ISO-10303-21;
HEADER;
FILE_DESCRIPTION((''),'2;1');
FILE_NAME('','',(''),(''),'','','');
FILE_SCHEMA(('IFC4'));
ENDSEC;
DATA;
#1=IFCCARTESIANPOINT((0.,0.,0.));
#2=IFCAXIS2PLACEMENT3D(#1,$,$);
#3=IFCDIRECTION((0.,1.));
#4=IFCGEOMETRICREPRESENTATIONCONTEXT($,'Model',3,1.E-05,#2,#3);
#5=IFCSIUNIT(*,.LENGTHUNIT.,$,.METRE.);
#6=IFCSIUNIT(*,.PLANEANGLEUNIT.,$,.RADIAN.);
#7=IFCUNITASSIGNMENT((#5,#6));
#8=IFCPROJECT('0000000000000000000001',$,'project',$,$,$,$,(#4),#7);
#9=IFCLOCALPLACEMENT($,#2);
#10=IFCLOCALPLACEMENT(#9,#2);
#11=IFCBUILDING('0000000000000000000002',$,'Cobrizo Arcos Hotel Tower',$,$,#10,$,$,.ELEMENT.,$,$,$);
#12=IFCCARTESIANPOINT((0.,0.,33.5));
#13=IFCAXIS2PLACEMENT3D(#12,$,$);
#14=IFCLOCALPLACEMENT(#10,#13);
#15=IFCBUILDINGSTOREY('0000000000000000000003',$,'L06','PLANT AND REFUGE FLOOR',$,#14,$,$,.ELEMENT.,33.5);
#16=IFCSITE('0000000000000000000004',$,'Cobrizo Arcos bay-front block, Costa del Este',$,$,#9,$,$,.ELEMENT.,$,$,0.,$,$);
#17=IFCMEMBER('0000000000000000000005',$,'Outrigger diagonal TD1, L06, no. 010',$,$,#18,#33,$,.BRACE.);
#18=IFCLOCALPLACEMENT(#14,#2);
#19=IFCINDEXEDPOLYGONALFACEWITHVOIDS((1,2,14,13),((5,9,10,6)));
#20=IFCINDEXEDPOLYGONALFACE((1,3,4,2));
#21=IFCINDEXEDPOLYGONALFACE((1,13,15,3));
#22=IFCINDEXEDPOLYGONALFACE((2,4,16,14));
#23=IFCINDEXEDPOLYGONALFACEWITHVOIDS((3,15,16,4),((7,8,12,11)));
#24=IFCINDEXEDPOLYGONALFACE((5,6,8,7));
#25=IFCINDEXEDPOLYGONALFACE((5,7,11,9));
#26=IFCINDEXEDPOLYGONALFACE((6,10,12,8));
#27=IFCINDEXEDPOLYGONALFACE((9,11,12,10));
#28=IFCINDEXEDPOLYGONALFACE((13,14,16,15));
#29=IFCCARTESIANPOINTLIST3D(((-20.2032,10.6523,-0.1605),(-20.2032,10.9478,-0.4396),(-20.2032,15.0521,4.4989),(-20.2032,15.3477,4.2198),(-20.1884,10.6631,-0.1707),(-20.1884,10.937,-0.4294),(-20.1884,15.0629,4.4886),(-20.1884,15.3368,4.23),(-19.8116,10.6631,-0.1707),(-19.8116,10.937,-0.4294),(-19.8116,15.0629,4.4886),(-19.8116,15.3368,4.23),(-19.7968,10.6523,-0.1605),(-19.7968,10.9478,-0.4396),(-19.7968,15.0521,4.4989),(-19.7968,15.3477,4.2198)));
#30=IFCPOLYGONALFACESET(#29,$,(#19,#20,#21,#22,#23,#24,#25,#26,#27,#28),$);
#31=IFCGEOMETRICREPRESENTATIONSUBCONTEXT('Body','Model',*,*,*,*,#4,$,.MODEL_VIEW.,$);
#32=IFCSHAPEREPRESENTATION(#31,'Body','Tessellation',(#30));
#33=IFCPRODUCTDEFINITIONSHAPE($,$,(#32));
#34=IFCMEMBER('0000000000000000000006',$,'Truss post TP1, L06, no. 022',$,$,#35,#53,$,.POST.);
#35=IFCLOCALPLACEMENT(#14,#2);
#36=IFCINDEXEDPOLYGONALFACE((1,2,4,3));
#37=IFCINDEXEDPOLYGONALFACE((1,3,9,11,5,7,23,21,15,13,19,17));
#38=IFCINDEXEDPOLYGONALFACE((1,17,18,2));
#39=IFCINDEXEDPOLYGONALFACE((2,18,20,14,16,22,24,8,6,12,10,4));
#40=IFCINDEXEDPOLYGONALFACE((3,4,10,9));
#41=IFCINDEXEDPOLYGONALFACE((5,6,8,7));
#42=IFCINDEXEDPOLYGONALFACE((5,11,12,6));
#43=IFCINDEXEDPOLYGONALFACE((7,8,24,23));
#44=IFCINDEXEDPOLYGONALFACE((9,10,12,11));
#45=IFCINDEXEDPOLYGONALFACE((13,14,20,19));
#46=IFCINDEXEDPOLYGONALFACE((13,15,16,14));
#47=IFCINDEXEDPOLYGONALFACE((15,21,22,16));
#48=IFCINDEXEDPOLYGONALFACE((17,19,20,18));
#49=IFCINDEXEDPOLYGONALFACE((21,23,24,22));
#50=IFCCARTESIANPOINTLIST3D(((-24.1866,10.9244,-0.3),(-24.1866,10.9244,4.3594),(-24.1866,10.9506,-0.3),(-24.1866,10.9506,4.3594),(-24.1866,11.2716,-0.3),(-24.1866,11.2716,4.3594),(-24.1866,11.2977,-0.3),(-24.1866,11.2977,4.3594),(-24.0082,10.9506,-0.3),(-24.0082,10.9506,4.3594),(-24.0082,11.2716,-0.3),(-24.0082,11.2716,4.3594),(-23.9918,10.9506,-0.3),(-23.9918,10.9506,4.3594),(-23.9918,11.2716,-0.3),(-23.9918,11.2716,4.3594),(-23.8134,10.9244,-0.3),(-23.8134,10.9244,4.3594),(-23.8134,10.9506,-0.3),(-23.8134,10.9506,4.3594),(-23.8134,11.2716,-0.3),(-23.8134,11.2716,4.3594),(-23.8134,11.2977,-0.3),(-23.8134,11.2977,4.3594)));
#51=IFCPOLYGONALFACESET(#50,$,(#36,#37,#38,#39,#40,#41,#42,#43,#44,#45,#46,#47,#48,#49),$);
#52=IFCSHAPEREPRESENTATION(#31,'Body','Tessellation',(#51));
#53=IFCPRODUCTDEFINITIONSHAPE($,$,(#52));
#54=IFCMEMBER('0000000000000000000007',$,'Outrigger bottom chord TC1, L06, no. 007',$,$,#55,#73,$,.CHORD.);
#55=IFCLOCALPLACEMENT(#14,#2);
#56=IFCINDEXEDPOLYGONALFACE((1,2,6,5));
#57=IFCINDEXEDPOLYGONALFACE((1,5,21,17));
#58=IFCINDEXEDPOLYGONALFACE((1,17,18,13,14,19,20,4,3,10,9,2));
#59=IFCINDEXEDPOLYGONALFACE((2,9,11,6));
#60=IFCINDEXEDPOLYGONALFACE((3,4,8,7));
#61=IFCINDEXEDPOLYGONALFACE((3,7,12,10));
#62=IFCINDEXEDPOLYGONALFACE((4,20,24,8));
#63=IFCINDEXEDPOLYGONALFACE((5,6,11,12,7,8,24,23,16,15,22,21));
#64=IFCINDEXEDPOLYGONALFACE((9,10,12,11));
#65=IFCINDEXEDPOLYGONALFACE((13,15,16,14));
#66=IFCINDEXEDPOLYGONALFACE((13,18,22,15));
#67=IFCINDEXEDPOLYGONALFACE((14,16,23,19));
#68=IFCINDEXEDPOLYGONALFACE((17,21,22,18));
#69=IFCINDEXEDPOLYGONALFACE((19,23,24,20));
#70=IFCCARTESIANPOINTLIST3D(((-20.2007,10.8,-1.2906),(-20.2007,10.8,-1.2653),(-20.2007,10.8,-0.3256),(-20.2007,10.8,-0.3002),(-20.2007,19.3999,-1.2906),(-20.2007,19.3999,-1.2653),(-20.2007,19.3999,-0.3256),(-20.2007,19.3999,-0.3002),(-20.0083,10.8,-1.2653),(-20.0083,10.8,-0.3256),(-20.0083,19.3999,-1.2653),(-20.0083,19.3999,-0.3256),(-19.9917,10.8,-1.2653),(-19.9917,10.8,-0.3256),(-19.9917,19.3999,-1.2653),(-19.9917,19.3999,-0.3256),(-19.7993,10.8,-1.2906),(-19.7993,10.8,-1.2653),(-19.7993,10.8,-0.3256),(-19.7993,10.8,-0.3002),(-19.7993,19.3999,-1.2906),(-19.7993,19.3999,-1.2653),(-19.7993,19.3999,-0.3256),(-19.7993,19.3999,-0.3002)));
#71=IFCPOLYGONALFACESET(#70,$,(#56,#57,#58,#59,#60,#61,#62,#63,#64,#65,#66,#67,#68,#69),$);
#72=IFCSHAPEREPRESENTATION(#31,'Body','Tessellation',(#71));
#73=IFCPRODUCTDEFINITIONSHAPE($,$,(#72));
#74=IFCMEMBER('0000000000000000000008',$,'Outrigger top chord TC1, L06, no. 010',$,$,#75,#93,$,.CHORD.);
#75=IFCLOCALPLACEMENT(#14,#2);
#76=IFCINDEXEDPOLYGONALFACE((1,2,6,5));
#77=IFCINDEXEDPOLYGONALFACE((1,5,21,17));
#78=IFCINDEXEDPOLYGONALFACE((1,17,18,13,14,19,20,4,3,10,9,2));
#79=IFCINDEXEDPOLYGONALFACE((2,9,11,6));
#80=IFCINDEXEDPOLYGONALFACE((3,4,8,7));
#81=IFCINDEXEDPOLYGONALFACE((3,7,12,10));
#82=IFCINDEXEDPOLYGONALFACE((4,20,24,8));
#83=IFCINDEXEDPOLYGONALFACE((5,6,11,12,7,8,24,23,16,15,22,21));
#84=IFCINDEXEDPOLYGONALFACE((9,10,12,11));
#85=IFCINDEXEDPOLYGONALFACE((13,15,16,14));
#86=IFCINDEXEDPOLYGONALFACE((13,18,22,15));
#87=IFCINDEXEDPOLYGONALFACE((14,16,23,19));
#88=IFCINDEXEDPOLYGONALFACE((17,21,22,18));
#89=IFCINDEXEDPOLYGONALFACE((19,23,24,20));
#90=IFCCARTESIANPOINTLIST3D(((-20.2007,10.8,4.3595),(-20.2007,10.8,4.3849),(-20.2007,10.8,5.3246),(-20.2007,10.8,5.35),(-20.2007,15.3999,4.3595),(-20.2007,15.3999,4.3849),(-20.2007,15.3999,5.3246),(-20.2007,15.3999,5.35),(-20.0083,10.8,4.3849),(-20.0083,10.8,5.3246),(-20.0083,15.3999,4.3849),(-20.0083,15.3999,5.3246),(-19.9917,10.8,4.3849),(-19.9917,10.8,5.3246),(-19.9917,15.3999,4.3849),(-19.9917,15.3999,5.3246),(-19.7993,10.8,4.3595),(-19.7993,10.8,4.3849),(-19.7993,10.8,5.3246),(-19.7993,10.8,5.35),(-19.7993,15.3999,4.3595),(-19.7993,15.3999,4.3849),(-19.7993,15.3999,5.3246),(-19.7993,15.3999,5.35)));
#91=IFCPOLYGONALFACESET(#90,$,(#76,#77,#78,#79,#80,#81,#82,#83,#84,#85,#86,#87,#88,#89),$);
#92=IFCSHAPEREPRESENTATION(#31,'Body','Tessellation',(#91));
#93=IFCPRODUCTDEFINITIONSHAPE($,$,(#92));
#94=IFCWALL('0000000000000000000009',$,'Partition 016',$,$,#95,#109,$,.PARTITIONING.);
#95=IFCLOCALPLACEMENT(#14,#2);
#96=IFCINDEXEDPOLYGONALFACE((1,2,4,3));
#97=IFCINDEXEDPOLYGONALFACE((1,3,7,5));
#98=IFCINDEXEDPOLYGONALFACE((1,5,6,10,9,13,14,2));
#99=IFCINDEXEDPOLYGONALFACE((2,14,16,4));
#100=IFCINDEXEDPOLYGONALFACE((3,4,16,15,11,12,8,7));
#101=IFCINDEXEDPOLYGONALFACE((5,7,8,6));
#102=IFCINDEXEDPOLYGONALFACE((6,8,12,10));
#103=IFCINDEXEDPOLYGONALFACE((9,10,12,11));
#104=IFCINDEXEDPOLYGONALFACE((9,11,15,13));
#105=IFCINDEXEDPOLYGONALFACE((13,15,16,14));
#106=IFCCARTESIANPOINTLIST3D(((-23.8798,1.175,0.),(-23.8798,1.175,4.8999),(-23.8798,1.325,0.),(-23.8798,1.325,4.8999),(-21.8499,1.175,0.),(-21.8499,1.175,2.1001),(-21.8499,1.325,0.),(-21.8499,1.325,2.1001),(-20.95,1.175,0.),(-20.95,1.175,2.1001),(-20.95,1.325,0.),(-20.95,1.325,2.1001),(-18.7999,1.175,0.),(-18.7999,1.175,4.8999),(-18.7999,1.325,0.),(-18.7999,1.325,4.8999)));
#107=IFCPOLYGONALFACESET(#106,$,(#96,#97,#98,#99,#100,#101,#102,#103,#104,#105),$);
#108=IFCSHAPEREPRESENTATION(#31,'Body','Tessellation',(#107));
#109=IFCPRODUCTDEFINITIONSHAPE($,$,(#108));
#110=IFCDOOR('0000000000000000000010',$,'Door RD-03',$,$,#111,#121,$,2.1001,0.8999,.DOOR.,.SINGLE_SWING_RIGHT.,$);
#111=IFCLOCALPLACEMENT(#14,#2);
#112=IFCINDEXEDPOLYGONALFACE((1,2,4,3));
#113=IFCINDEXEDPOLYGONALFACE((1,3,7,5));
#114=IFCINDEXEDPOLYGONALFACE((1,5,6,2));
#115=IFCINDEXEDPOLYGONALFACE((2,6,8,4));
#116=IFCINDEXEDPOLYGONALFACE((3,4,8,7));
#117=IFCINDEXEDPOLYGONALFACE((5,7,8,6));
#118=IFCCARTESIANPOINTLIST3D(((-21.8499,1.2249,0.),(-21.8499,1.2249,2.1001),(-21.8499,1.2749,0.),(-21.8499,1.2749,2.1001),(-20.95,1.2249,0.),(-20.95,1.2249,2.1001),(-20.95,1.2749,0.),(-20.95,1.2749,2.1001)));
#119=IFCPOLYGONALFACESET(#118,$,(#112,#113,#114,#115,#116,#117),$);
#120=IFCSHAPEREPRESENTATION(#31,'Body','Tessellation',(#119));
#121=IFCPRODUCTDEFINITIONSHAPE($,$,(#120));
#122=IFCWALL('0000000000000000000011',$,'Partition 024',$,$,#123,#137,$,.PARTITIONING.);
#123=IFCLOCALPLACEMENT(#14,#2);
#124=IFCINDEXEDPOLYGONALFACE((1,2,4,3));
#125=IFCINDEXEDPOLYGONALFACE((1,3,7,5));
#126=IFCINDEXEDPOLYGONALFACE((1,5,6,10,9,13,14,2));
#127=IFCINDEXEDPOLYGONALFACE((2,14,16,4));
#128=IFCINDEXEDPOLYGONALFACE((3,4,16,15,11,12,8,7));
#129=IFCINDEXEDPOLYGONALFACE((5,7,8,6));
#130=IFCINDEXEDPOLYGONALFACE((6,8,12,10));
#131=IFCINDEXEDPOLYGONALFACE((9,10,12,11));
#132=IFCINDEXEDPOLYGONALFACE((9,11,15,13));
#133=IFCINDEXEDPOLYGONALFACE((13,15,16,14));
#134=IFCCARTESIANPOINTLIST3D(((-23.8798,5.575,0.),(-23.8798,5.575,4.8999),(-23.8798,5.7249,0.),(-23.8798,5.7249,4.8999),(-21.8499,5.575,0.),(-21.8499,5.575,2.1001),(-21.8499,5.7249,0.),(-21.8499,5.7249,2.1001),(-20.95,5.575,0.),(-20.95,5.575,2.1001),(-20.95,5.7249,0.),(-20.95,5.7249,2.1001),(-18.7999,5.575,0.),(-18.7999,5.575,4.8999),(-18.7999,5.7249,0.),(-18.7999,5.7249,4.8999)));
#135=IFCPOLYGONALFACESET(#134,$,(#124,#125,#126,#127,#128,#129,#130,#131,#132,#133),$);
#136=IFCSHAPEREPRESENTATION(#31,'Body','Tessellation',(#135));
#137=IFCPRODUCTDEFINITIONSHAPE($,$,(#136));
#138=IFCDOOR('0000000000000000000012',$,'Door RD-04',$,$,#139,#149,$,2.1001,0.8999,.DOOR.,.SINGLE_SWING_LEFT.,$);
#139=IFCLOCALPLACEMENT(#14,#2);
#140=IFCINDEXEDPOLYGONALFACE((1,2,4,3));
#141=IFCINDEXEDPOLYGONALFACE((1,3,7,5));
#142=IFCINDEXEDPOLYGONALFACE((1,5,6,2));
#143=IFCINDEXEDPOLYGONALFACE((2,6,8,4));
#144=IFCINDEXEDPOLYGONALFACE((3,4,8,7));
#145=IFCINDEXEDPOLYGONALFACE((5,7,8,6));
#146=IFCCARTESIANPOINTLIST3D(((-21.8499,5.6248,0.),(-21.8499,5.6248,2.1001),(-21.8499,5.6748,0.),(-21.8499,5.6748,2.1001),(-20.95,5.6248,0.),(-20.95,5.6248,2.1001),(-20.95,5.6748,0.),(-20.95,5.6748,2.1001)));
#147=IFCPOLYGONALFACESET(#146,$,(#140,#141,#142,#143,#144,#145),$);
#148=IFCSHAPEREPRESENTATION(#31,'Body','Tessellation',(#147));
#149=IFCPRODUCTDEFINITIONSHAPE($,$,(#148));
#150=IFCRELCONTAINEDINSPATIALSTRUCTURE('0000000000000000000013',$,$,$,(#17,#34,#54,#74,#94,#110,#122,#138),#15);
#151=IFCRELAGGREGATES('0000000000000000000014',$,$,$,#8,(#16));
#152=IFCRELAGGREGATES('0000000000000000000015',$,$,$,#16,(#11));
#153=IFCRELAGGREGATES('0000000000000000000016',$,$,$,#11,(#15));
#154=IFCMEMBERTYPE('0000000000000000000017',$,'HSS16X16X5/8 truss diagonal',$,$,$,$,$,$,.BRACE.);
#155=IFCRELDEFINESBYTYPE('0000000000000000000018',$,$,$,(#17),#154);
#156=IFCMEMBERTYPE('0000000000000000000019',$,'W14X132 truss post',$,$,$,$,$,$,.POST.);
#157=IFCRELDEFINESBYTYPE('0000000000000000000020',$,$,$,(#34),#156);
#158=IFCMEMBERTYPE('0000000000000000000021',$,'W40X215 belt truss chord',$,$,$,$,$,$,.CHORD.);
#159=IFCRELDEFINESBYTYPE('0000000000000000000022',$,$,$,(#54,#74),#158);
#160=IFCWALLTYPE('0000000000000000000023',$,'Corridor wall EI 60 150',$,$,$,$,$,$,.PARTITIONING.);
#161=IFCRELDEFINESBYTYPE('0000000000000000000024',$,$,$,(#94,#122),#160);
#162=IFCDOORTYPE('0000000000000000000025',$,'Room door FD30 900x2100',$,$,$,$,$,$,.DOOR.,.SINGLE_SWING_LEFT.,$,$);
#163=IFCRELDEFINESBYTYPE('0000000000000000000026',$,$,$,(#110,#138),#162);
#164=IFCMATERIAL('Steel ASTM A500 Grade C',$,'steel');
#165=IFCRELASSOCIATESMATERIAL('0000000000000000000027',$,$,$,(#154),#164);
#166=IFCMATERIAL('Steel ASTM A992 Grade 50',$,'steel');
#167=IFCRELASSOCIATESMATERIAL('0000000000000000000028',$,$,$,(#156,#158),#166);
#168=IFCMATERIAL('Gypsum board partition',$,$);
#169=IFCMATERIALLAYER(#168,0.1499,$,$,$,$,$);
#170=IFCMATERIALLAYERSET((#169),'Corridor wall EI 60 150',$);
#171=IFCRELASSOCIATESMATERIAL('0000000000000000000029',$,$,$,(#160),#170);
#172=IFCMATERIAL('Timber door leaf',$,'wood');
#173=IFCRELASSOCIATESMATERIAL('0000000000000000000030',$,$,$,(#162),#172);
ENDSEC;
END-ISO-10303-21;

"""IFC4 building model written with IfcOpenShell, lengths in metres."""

from ifc_helpers import new_model, si_unit, direction, frame, frame_2d, origin, origin_2d, place, context, subcontext, project, spatial, rectangle, hollow_rectangle, i_section, extrude, material, layer, layer_set, material_profile, profile_set, type_object, element, fill, save


model = new_model("IFC4")

# Units and contexts
model_context = context("Model", 3, precision=1e-05, world=origin(), true_north=direction((0.0, 1.0)))
body_context = subcontext(model_context, "Body", "Model", "MODEL_VIEW")
ifc_project = project(units=[si_unit("LENGTHUNIT", "METRE"), si_unit("PLANEANGLEUNIT", "RADIAN")], contexts=[model_context])

# Site, building, storey
site_placement = place(None, origin())
site = spatial("IfcSite", under=ifc_project, at=site_placement, Name="Cobrizo Arcos bay-front block, Costa del Este", CompositionType="ELEMENT", RefElevation=0.0)
building_placement = place(site_placement, origin())
building = spatial("IfcBuilding", under=site, at=building_placement, Name="Cobrizo Arcos Hotel Tower", CompositionType="ELEMENT")
storey_placement = place(building_placement, frame((0.0, 0.0, 33.5)))
storey = spatial("IfcBuildingStorey", under=building, at=storey_placement, Name="L06", Description="PLANT AND REFUGE FLOOR", CompositionType="ELEMENT", Elevation=33.5)

# Members
ifc_material_1 = material(Name="Steel ASTM A500 Grade C", Category="steel")
ifc_material_profile_1 = material_profile(ifc_material_1, hollow_rectangle(XDim=0.4065, YDim=0.4065, WallThickness=0.0149, at=origin_2d()), Name="HSS16X16X5/8")
ifc_profile_set_1 = profile_set([ifc_material_profile_1], Name="Steel ASTM A500 Grade C")
member_type_1 = type_object("IfcMemberType", Name="HSS16X16X5/8 truss diagonal", PredefinedType="BRACE", material=ifc_profile_set_1)
member_1_placement = place(storey_placement, frame((-20.0, 10.8, -0.3), z_axis=(0.0, 0.686569, 0.727065), x_axis=(-1.0, 0.0, 0.0)))
element("IfcMember", 1, at=member_1_placement, inside=storey, type_object=member_type_1, Name="Outrigger diagonal TD1, L06, no. 010", PredefinedType="BRACE", context=body_context, shape_type="SweptSolid", body=[
    extrude(hollow_rectangle(XDim=0.4065, YDim=0.4065, WallThickness=0.0149, at=origin_2d()), origin(), (0.0, 0.0, 1.0), 6.4084),
])
ifc_material_2 = material(Name="Steel ASTM A992 Grade 50", Category="steel")
ifc_material_profile_2 = material_profile(ifc_material_2, i_section(OverallWidth=0.3733, OverallDepth=0.3733, WebThickness=0.0164, FlangeThickness=0.0261, at=origin_2d()), Name="W14X132")
ifc_profile_set_2 = profile_set([ifc_material_profile_2], Name="Steel ASTM A992 Grade 50")
member_type_2 = type_object("IfcMemberType", Name="W14X132 truss post", PredefinedType="POST", material=ifc_profile_set_2)
member_2_placement = place(storey_placement, frame((-24.0, 11.1111, -0.3), z_axis=(0.0, 0.0, 1.0), x_axis=(1.0, 0.0, 0.0)))
element("IfcMember", 2, at=member_2_placement, inside=storey, type_object=member_type_2, Name="Truss post TP1, L06, no. 022", PredefinedType="POST", context=body_context, shape_type="SweptSolid", body=[
    extrude(i_section(OverallWidth=0.3733, OverallDepth=0.3733, WebThickness=0.0164, FlangeThickness=0.0261, at=origin_2d()), origin(), (0.0, 0.0, 1.0), 4.6594),
])
ifc_material_profile_3 = material_profile(ifc_material_2, i_section(OverallWidth=0.4014, OverallDepth=0.9905, WebThickness=0.0166, FlangeThickness=0.0254, at=origin_2d()), Name="W40X215")
ifc_profile_set_3 = profile_set([ifc_material_profile_3], Name="Steel ASTM A992 Grade 50")
member_type_3 = type_object("IfcMemberType", Name="W40X215 belt truss chord", PredefinedType="CHORD", material=ifc_profile_set_3)
member_3_placement = place(storey_placement, frame((-20.0, 10.8, -0.7954), z_axis=(0.0, 1.0, 0.0), x_axis=(-1.0, 0.0, 0.0)))
element("IfcMember", 3, at=member_3_placement, inside=storey, type_object=member_type_3, Name="Outrigger bottom chord TC1, L06, no. 007", PredefinedType="CHORD", context=body_context, shape_type="SweptSolid", body=[
    extrude(i_section(OverallWidth=0.4014, OverallDepth=0.9905, WebThickness=0.0166, FlangeThickness=0.0254, at=origin_2d()), origin(), (0.0, 0.0, 1.0), 8.5999),
])
member_4_placement = place(storey_placement, frame((-20.0, 10.8, 4.8547), z_axis=(0.0, 1.0, 0.0), x_axis=(-1.0, 0.0, 0.0)))
element("IfcMember", 4, at=member_4_placement, inside=storey, type_object=member_type_3, Name="Outrigger top chord TC1, L06, no. 010", PredefinedType="CHORD", context=body_context, shape_type="SweptSolid", body=[
    extrude(i_section(OverallWidth=0.4014, OverallDepth=0.9905, WebThickness=0.0166, FlangeThickness=0.0254, at=origin_2d()), origin(), (0.0, 0.0, 1.0), 4.5999),
])

# Walls, openings, doors
ifc_material_3 = material(Name="Gypsum board partition")
ifc_layer_1 = layer(ifc_material_3, 0.1499)
ifc_layer_set_1 = layer_set([ifc_layer_1], Name="Corridor wall EI 60 150")
wall_type_1 = type_object("IfcWallType", Name="Corridor wall EI 60 150", PredefinedType="PARTITIONING", material=ifc_layer_set_1)
wall_1_placement = place(storey_placement, frame((-23.8799, 1.25, 0.0), z_axis=(0.0, 0.0, 1.0), x_axis=(1.0, 0.0, 0.0)))
wall_1 = element("IfcWall", 5, at=wall_1_placement, inside=storey, type_object=wall_type_1, Name="Partition 016", PredefinedType="PARTITIONING", context=body_context, shape_type="SweptSolid", body=[
    extrude(rectangle(XDim=5.0798, YDim=0.1499, at=frame_2d((2.54, 0.0))), origin(), (0.0, 0.0, 1.0), 4.8999),
])
opening_1_placement = place(wall_1_placement, frame((2.03, 0.0, 0.0)))
opening_1 = element("IfcOpeningElement", 6, at=opening_1_placement, cuts=wall_1, PredefinedType="OPENING", context=body_context, shape_type="SweptSolid", body=[
    extrude(rectangle(XDim=0.8999, YDim=2.1001, at=frame_2d((0.45, 1.05))), frame((0.0, 0.0869, 0.0), z_axis=(0.0, -1.0, 0.0), x_axis=(1.0, 0.0, 0.0)), (0.0, 0.0, 1.0), 0.1738),
])
ifc_material_4 = material(Name="Timber door leaf", Category="wood")
door_type_1 = type_object("IfcDoorType", Name="Room door FD30 900x2100", OperationType="SINGLE_SWING_LEFT", PredefinedType="DOOR", material=ifc_material_4)
door_1_placement = place(opening_1_placement, origin())
door_1 = element("IfcDoor", 7, at=door_1_placement, inside=storey, type_object=door_type_1, Name="Door RD-03", OperationType="SINGLE_SWING_RIGHT", OverallHeight=2.1001, OverallWidth=0.8999, PredefinedType="DOOR", context=body_context, shape_type="SweptSolid", body=[
    extrude(rectangle(XDim=0.8999, YDim=2.1001, at=frame_2d((0.45, 1.05))), frame((0.0, 0.0249, 0.0), z_axis=(0.0, -1.0, 0.0), x_axis=(1.0, 0.0, 0.0)), (0.0, 0.0, 1.0), 0.05),
])
fill(opening_1, door_1)
wall_2_placement = place(storey_placement, frame((-23.8799, 5.6499, 0.0), z_axis=(0.0, 0.0, 1.0), x_axis=(1.0, 0.0, 0.0)))
wall_2 = element("IfcWall", 8, at=wall_2_placement, inside=storey, type_object=wall_type_1, Name="Partition 024", PredefinedType="PARTITIONING", context=body_context, shape_type="SweptSolid", body=[
    extrude(rectangle(XDim=5.0798, YDim=0.1499, at=frame_2d((2.54, 0.0))), origin(), (0.0, 0.0, 1.0), 4.8999),
])
opening_2_placement = place(wall_2_placement, frame((2.03, 0.0, 0.0)))
opening_2 = element("IfcOpeningElement", 9, at=opening_2_placement, cuts=wall_2, PredefinedType="OPENING", context=body_context, shape_type="SweptSolid", body=[
    extrude(rectangle(XDim=0.8999, YDim=2.1001, at=frame_2d((0.45, 1.05))), frame((0.0, 0.0869, 0.0), z_axis=(0.0, -1.0, 0.0), x_axis=(1.0, 0.0, 0.0)), (0.0, 0.0, 1.0), 0.1738),
])
door_2_placement = place(opening_2_placement, origin())
door_2 = element("IfcDoor", 10, at=door_2_placement, inside=storey, type_object=door_type_1, Name="Door RD-04", OperationType="SINGLE_SWING_LEFT", OverallHeight=2.1001, OverallWidth=0.8999, PredefinedType="DOOR", context=body_context, shape_type="SweptSolid", body=[
    extrude(rectangle(XDim=0.8999, YDim=2.1001, at=frame_2d((0.45, 1.05))), frame((0.0, 0.0249, 0.0), z_axis=(0.0, -1.0, 0.0), x_axis=(1.0, 0.0, 0.0)), (0.0, 0.0, 1.0), 0.05),
])
fill(opening_2, door_2)

save(model, "model.ifc")
